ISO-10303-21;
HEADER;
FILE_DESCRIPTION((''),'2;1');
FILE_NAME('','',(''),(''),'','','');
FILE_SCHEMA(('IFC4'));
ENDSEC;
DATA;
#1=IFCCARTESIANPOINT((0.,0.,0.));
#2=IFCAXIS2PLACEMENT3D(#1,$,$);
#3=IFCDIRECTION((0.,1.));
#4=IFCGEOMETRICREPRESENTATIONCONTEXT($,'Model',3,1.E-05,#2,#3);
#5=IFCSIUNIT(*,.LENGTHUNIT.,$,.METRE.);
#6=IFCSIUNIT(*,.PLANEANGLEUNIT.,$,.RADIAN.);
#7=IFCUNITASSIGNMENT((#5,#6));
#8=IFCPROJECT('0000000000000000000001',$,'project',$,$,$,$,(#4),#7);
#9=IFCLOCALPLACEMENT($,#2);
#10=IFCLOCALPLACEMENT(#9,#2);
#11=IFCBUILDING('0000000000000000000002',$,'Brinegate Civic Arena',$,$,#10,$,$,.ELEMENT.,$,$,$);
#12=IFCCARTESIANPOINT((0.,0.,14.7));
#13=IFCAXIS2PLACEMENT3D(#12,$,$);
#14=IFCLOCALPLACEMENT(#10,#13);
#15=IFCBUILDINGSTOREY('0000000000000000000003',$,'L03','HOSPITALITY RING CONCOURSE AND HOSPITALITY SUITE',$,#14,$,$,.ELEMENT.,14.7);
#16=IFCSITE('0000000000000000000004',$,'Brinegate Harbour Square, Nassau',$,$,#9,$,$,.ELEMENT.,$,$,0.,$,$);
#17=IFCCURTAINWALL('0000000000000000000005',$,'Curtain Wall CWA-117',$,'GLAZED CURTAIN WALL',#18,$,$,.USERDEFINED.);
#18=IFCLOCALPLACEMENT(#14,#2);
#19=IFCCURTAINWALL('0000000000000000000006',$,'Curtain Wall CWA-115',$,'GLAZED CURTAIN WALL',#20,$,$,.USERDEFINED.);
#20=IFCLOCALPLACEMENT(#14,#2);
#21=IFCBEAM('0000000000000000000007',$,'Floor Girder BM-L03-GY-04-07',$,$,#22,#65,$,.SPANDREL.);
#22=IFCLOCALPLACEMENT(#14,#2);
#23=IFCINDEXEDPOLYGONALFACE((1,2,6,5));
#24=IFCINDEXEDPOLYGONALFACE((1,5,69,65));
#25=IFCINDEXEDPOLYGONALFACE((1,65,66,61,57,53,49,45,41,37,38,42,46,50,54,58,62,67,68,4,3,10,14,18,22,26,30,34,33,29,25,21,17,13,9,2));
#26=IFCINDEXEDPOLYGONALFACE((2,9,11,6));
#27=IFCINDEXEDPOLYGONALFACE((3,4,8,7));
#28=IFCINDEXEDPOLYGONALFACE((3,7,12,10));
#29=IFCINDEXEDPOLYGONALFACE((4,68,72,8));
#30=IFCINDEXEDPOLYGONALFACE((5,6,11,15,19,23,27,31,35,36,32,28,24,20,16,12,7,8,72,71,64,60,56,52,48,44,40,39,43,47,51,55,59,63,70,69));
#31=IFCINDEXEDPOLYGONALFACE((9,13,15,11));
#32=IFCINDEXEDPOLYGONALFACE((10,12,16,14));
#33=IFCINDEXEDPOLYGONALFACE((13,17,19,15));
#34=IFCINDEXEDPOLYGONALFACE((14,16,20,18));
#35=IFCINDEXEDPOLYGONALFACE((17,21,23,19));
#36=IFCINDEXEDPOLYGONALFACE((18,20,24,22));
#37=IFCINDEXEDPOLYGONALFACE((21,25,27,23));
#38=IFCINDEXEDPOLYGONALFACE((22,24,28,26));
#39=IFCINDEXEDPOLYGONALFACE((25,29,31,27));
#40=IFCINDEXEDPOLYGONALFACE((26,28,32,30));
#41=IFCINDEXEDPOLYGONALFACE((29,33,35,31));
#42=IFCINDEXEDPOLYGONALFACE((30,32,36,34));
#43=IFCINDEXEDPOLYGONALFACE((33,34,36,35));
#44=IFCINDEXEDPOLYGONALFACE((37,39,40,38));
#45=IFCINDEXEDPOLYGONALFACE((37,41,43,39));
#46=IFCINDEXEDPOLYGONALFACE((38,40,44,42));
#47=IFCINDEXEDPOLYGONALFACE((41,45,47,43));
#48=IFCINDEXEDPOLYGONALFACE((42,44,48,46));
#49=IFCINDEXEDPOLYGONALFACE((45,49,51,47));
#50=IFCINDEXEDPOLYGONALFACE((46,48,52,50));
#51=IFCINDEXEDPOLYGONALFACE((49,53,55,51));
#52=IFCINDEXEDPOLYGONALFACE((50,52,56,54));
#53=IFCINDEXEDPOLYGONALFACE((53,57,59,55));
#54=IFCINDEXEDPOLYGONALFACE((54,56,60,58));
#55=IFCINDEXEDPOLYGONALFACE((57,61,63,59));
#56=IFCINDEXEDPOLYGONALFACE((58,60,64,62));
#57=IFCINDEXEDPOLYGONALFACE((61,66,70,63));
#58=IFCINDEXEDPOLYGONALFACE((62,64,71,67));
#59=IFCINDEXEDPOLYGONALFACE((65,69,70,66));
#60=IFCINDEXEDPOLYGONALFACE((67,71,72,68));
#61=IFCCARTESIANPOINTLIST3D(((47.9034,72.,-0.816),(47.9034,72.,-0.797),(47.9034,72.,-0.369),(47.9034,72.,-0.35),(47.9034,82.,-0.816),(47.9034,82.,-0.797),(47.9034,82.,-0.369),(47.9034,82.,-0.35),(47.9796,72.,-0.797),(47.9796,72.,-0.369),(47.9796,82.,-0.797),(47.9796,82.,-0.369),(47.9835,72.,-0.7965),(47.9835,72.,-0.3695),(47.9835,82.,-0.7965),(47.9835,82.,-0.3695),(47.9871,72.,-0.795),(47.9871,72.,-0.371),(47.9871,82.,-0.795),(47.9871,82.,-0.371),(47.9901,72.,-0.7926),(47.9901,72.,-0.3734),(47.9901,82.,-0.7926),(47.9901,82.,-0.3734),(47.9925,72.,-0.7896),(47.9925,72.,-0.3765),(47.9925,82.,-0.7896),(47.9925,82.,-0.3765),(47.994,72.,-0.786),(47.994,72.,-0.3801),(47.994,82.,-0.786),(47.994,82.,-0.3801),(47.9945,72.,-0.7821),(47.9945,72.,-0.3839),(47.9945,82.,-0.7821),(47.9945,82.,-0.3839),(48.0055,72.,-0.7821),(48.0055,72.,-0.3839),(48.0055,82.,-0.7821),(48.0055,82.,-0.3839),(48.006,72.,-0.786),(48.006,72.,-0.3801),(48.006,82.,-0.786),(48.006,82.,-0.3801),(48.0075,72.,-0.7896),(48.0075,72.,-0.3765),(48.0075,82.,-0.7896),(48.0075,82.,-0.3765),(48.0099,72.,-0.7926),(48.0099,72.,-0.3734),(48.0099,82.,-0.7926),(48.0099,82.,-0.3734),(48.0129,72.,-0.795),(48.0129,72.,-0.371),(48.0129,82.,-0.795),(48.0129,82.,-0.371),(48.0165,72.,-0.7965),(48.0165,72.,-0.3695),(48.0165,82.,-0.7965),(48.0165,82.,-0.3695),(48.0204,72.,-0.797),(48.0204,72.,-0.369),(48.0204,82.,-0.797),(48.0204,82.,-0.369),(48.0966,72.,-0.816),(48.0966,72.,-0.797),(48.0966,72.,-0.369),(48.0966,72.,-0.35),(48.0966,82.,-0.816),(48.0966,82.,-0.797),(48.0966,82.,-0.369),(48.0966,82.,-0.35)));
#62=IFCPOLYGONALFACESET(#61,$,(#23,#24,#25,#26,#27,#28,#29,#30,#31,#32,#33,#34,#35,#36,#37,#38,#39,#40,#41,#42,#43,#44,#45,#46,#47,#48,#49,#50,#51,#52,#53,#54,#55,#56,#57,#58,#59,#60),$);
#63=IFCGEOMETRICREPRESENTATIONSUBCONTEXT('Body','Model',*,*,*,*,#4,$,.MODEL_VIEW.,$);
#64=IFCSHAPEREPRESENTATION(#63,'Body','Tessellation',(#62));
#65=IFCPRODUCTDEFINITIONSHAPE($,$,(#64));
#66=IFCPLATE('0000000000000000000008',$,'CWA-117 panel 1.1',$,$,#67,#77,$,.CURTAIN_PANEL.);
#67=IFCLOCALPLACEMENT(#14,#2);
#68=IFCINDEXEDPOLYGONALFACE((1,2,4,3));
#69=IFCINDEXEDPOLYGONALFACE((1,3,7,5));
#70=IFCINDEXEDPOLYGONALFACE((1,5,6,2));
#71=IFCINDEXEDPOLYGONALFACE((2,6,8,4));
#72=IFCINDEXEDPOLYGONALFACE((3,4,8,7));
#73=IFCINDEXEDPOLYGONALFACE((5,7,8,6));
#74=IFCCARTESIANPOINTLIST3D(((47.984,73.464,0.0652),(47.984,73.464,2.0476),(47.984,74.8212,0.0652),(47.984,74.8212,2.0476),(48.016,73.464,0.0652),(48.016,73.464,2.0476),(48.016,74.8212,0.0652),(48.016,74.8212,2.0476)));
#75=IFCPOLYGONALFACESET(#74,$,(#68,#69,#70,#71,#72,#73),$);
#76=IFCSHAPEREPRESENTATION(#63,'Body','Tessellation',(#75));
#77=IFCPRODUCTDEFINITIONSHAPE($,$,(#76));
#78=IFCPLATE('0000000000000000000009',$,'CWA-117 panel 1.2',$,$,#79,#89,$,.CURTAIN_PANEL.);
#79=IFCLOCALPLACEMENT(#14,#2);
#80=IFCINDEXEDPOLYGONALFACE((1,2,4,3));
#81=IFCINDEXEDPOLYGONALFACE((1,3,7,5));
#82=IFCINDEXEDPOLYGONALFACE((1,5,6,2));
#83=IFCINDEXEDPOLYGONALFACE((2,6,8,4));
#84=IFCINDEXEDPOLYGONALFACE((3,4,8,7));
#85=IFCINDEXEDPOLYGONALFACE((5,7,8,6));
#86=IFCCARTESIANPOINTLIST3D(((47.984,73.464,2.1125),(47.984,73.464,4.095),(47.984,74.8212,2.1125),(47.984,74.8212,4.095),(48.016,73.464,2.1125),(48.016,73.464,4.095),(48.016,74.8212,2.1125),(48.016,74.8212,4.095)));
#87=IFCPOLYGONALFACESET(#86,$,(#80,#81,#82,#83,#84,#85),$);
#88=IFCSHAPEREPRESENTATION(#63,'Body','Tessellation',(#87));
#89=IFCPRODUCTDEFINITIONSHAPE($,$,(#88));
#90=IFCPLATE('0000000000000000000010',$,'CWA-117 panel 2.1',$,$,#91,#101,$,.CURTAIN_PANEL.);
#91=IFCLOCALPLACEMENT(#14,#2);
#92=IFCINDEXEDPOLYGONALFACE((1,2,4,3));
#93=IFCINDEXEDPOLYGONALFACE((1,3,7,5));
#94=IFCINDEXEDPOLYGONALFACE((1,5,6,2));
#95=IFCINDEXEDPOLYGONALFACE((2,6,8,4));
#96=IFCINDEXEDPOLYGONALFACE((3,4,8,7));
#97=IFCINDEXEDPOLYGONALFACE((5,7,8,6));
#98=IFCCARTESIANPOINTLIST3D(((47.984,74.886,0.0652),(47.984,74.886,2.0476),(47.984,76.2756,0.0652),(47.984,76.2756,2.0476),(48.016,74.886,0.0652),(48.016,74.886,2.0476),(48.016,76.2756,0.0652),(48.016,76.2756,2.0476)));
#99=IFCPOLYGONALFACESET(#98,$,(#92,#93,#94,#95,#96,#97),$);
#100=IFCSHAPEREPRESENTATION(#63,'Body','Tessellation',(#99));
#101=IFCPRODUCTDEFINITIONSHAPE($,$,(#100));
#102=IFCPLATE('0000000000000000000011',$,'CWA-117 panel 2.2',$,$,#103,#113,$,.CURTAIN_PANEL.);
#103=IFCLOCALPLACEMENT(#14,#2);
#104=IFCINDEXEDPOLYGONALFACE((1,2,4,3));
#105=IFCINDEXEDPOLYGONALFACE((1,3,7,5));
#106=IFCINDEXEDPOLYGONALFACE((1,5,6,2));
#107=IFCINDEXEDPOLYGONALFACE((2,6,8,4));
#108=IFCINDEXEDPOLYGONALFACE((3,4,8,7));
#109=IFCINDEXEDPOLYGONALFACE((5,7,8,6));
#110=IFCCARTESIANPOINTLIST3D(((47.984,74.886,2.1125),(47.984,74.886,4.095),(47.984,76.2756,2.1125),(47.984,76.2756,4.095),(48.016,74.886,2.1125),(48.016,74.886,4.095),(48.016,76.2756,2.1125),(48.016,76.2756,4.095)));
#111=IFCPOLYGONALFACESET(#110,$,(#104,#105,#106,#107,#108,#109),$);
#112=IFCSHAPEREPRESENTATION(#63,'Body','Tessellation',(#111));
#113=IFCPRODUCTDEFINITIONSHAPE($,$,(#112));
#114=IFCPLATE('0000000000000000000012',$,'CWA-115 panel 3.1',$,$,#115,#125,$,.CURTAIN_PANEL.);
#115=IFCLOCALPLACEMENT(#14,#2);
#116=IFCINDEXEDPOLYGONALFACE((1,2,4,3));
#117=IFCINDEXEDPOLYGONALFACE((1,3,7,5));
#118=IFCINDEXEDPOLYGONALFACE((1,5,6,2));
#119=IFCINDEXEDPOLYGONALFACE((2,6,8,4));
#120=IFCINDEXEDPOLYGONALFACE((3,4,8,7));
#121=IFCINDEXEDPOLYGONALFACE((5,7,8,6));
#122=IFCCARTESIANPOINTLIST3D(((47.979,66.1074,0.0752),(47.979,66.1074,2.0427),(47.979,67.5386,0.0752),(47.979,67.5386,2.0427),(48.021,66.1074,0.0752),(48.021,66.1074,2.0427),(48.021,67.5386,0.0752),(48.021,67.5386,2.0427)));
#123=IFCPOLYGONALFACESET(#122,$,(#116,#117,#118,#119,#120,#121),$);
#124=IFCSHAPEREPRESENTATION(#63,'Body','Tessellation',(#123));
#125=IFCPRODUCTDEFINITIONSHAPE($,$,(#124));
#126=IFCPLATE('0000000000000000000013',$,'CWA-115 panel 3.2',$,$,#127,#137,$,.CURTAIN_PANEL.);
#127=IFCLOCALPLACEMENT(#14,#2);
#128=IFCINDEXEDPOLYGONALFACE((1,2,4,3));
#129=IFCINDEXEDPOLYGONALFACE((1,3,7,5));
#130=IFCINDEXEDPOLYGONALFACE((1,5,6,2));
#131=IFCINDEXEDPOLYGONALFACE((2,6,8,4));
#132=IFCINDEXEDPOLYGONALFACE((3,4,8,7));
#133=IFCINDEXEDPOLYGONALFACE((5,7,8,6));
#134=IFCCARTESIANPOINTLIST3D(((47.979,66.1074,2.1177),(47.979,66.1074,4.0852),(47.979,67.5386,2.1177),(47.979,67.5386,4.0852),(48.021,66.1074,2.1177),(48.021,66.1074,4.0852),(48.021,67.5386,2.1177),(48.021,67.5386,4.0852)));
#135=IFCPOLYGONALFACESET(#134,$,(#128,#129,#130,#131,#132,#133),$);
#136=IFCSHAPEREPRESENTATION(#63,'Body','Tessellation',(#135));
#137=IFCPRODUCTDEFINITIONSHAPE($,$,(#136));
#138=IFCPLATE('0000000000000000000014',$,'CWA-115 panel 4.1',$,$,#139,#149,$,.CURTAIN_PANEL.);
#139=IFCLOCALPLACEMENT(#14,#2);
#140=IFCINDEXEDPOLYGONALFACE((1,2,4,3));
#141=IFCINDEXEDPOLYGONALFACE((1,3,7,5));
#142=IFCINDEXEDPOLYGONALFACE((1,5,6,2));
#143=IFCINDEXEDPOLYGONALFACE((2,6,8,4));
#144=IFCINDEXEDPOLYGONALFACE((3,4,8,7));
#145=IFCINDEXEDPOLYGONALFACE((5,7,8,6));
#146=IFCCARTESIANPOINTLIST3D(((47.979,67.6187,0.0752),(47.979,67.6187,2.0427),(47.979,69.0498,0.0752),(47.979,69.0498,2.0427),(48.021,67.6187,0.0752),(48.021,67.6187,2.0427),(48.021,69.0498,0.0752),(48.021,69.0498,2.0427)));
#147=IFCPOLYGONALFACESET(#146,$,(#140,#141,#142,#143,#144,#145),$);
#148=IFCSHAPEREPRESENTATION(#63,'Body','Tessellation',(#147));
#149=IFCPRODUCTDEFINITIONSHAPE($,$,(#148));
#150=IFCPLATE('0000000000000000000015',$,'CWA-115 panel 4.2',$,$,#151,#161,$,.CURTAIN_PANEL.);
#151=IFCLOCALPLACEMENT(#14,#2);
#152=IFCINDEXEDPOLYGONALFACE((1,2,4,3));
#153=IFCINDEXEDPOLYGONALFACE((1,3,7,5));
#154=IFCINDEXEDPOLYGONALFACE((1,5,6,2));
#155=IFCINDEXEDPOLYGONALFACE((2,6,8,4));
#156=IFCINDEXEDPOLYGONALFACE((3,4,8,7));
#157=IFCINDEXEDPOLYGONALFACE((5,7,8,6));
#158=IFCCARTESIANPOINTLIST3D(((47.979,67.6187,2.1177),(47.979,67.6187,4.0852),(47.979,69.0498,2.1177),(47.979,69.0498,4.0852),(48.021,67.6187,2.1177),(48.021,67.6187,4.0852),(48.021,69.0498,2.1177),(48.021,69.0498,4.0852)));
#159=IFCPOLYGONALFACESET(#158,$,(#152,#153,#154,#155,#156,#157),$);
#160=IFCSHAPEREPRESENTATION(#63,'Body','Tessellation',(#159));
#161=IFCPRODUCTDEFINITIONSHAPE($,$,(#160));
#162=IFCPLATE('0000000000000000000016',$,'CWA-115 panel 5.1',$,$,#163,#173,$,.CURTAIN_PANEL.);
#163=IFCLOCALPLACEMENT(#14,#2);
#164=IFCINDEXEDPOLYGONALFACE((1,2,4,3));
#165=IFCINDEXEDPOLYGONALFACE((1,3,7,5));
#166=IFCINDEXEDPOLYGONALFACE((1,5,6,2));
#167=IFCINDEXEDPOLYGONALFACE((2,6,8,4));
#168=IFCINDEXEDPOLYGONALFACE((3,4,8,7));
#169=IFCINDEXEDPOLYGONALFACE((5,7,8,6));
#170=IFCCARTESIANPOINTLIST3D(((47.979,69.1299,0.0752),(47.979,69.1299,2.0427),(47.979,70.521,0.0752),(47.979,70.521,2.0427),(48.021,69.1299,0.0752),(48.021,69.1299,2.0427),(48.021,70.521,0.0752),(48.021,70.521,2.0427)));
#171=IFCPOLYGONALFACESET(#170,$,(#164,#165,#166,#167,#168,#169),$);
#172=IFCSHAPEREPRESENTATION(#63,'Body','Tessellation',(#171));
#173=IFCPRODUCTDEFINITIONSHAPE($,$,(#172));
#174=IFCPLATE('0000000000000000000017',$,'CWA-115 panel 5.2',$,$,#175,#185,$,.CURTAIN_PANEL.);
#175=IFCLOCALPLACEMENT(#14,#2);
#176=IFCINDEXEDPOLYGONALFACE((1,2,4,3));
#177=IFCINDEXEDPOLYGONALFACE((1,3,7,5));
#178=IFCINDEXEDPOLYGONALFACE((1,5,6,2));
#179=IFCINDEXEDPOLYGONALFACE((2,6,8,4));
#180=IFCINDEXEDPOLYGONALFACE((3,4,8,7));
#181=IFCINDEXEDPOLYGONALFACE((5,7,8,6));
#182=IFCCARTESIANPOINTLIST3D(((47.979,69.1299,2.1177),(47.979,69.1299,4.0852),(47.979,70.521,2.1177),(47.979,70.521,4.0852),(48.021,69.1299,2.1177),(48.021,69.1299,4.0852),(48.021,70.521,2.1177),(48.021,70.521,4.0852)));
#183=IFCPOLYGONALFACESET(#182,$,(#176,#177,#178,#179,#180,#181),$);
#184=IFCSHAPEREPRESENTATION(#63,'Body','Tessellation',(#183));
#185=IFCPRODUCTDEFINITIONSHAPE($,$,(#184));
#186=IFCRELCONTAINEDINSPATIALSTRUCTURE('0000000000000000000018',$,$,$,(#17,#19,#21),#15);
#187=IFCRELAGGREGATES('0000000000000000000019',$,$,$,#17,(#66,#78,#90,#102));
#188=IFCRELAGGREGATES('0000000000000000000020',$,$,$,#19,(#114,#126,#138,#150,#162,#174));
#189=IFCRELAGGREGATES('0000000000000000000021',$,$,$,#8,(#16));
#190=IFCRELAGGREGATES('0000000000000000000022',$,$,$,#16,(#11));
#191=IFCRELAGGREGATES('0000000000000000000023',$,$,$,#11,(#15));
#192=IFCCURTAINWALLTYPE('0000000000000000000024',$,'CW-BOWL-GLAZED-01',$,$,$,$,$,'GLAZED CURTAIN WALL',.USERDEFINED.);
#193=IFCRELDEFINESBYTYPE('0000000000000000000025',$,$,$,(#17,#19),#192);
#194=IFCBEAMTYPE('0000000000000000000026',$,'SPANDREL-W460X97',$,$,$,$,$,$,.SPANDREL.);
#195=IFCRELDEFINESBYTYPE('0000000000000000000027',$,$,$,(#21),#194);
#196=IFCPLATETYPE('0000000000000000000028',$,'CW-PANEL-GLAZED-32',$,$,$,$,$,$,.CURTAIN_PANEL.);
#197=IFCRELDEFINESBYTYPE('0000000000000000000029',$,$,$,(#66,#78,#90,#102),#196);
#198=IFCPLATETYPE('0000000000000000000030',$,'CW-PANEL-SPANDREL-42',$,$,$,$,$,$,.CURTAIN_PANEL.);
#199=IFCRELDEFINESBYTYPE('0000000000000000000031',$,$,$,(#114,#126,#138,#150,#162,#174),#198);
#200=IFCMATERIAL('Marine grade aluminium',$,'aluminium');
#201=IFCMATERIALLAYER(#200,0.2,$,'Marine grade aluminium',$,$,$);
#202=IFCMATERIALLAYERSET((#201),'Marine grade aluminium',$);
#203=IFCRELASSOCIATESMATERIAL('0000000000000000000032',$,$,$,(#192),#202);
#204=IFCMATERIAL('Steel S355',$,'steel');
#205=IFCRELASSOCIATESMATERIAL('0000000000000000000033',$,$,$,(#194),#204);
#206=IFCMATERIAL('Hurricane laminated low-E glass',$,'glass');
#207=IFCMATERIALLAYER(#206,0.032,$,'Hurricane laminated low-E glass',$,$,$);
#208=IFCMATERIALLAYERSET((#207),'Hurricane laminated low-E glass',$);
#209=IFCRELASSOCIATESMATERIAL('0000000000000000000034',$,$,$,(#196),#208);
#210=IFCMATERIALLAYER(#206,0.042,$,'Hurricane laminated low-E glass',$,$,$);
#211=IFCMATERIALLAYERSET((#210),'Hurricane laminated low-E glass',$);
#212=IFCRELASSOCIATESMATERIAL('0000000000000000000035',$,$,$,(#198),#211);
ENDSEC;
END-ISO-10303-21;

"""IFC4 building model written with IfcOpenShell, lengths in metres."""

from ifc_helpers import new_model, si_unit, direction, frame, origin, origin_2d, place, context, subcontext, project, spatial, rectangle, i_section, extrude, material, layer, layer_set, material_profile, profile_set, type_object, element, aggregate, save


model = new_model("IFC4")

# Units and contexts
model_context = context("Model", 3, precision=1e-05, world=origin(), true_north=direction((0.0, 1.0)))
body_context = subcontext(model_context, "Body", "Model", "MODEL_VIEW")
ifc_project = project(units=[si_unit("LENGTHUNIT", "METRE"), si_unit("PLANEANGLEUNIT", "RADIAN")], contexts=[model_context])

# Site, building, storey
site_placement = place(None, origin())
site = spatial("IfcSite", under=ifc_project, at=site_placement, Name="Brinegate Harbour Square, Nassau", CompositionType="ELEMENT", RefElevation=0.0)
building_placement = place(site_placement, origin())
building = spatial("IfcBuilding", under=site, at=building_placement, Name="Brinegate Civic Arena", CompositionType="ELEMENT")
storey_placement = place(building_placement, frame((0.0, 0.0, 14.7)))
storey = spatial("IfcBuildingStorey", under=building, at=storey_placement, Name="L03", Description="HOSPITALITY RING CONCOURSE AND HOSPITALITY SUITE", CompositionType="ELEMENT", Elevation=14.7)

# Curtain walls
ifc_material_1 = material(Name="Marine grade aluminium", Category="aluminium")
ifc_layer_1 = layer(ifc_material_1, 0.2, Name="Marine grade aluminium")
ifc_layer_set_1 = layer_set([ifc_layer_1], Name="Marine grade aluminium")
curtain_wall_type = type_object("IfcCurtainWallType", Name="CW-BOWL-GLAZED-01", ElementType="GLAZED CURTAIN WALL", PredefinedType="USERDEFINED", material=ifc_layer_set_1)
curtain_wall_1_placement = place(storey_placement, origin())
curtain_wall_1 = element("IfcCurtainWall", 1, at=curtain_wall_1_placement, inside=storey, type_object=curtain_wall_type, Name="Curtain Wall CWA-117", ObjectType="GLAZED CURTAIN WALL", PredefinedType="USERDEFINED")
curtain_wall_2_placement = place(storey_placement, origin())
curtain_wall_2 = element("IfcCurtainWall", 2, at=curtain_wall_2_placement, inside=storey, type_object=curtain_wall_type, Name="Curtain Wall CWA-115", ObjectType="GLAZED CURTAIN WALL", PredefinedType="USERDEFINED")

# Beam
ifc_material_2 = material(Name="Steel S355", Category="steel")
ifc_material_profile_1 = material_profile(ifc_material_2, i_section(OverallWidth=0.1931, OverallDepth=0.4661, WebThickness=0.011, FlangeThickness=0.019, FilletRadius=0.0149, at=origin_2d()), Name="W460X97")
ifc_profile_set_1 = profile_set([ifc_material_profile_1], Name="Steel S355")
beam_type_1 = type_object("IfcBeamType", Name="SPANDREL-W460X97", PredefinedType="SPANDREL", material=ifc_profile_set_1)
beam_1_placement = place(storey_placement, frame((48.0, 72.0, -0.583), z_axis=(0.0, 1.0, 0.0), x_axis=(-1.0, 0.0, 0.0)))
element("IfcBeam", 3, at=beam_1_placement, inside=storey, type_object=beam_type_1, Name="Floor Girder BM-L03-GY-04-07", PredefinedType="SPANDREL", context=body_context, shape_type="SweptSolid", body=[
    extrude(i_section(OverallWidth=0.1931, OverallDepth=0.4661, WebThickness=0.011, FlangeThickness=0.019, FilletRadius=0.0149, at=origin_2d()), origin(), (0.0, 0.0, 1.0), 10.0),
])

# Plates
ifc_material_3 = material(Name="Hurricane laminated low-E glass", Category="glass")
ifc_layer_2 = layer(ifc_material_3, 0.032, Name="Hurricane laminated low-E glass")
ifc_layer_set_2 = layer_set([ifc_layer_2], Name="Hurricane laminated low-E glass")
plate_type_1 = type_object("IfcPlateType", Name="CW-PANEL-GLAZED-32", PredefinedType="CURTAIN_PANEL", material=ifc_layer_set_2)
plate_1_placement = place(storey_placement, frame((48.0, 74.1426, 0.0652), z_axis=(0.0, 0.0, 1.0), x_axis=(0.0, 1.0, 0.0)))
plate_1 = element("IfcPlate", 4, at=plate_1_placement, type_object=plate_type_1, Name="CWA-117 panel 1.1", PredefinedType="CURTAIN_PANEL", context=body_context, shape_type="SweptSolid", body=[
    extrude(rectangle(XDim=1.3572, YDim=0.032, at=origin_2d()), origin(), (0.0, 0.0, 1.0), 1.9824),
])
plate_2_placement = place(storey_placement, frame((48.0, 74.1426, 2.1125), z_axis=(0.0, 0.0, 1.0), x_axis=(0.0, 1.0, 0.0)))
plate_2 = element("IfcPlate", 5, at=plate_2_placement, type_object=plate_type_1, Name="CWA-117 panel 1.2", PredefinedType="CURTAIN_PANEL", context=body_context, shape_type="SweptSolid", body=[
    extrude(rectangle(XDim=1.3572, YDim=0.032, at=origin_2d()), origin(), (0.0, 0.0, 1.0), 1.9824),
])
plate_3_placement = place(storey_placement, frame((48.0, 75.5808, 0.0652), z_axis=(0.0, 0.0, 1.0), x_axis=(0.0, 1.0, 0.0)))
plate_3 = element("IfcPlate", 6, at=plate_3_placement, type_object=plate_type_1, Name="CWA-117 panel 2.1", PredefinedType="CURTAIN_PANEL", context=body_context, shape_type="SweptSolid", body=[
    extrude(rectangle(XDim=1.3896, YDim=0.032, at=origin_2d()), origin(), (0.0, 0.0, 1.0), 1.9824),
])
plate_4_placement = place(storey_placement, frame((48.0, 75.5808, 2.1125), z_axis=(0.0, 0.0, 1.0), x_axis=(0.0, 1.0, 0.0)))
plate_4 = element("IfcPlate", 7, at=plate_4_placement, type_object=plate_type_1, Name="CWA-117 panel 2.2", PredefinedType="CURTAIN_PANEL", context=body_context, shape_type="SweptSolid", body=[
    extrude(rectangle(XDim=1.3896, YDim=0.032, at=origin_2d()), origin(), (0.0, 0.0, 1.0), 1.9824),
])
aggregate(curtain_wall_1, [plate_1, plate_2, plate_3, plate_4])
ifc_layer_3 = layer(ifc_material_3, 0.042, Name="Hurricane laminated low-E glass")
ifc_layer_set_3 = layer_set([ifc_layer_3], Name="Hurricane laminated low-E glass")
plate_type_2 = type_object("IfcPlateType", Name="CW-PANEL-SPANDREL-42", PredefinedType="CURTAIN_PANEL", material=ifc_layer_set_3)
plate_5_placement = place(storey_placement, frame((48.0, 66.823, 0.0752), z_axis=(0.0, 0.0, 1.0), x_axis=(0.0, 1.0, 0.0)))
plate_5 = element("IfcPlate", 8, at=plate_5_placement, type_object=plate_type_2, Name="CWA-115 panel 3.1", PredefinedType="CURTAIN_PANEL", context=body_context, shape_type="SweptSolid", body=[
    extrude(rectangle(XDim=1.4312, YDim=0.042, at=origin_2d()), origin(), (0.0, 0.0, 1.0), 1.9675),
])
plate_6_placement = place(storey_placement, frame((48.0, 66.823, 2.1177), z_axis=(0.0, 0.0, 1.0), x_axis=(0.0, 1.0, 0.0)))
plate_6 = element("IfcPlate", 9, at=plate_6_placement, type_object=plate_type_2, Name="CWA-115 panel 3.2", PredefinedType="CURTAIN_PANEL", context=body_context, shape_type="SweptSolid", body=[
    extrude(rectangle(XDim=1.4312, YDim=0.042, at=origin_2d()), origin(), (0.0, 0.0, 1.0), 1.9675),
])
plate_7_placement = place(storey_placement, frame((48.0, 68.3342, 0.0752), z_axis=(0.0, 0.0, 1.0), x_axis=(0.0, 1.0, 0.0)))
plate_7 = element("IfcPlate", 10, at=plate_7_placement, type_object=plate_type_2, Name="CWA-115 panel 4.1", PredefinedType="CURTAIN_PANEL", context=body_context, shape_type="SweptSolid", body=[
    extrude(rectangle(XDim=1.4312, YDim=0.042, at=origin_2d()), origin(), (0.0, 0.0, 1.0), 1.9675),
])
plate_8_placement = place(storey_placement, frame((48.0, 68.3342, 2.1177), z_axis=(0.0, 0.0, 1.0), x_axis=(0.0, 1.0, 0.0)))
plate_8 = element("IfcPlate", 11, at=plate_8_placement, type_object=plate_type_2, Name="CWA-115 panel 4.2", PredefinedType="CURTAIN_PANEL", context=body_context, shape_type="SweptSolid", body=[
    extrude(rectangle(XDim=1.4312, YDim=0.042, at=origin_2d()), origin(), (0.0, 0.0, 1.0), 1.9675),
])
plate_9_placement = place(storey_placement, frame((48.0, 69.8254, 0.0752), z_axis=(0.0, 0.0, 1.0), x_axis=(0.0, 1.0, 0.0)))
plate_9 = element("IfcPlate", 12, at=plate_9_placement, type_object=plate_type_2, Name="CWA-115 panel 5.1", PredefinedType="CURTAIN_PANEL", context=body_context, shape_type="SweptSolid", body=[
    extrude(rectangle(XDim=1.3911, YDim=0.042, at=origin_2d()), origin(), (0.0, 0.0, 1.0), 1.9675),
])
plate_10_placement = place(storey_placement, frame((48.0, 69.8254, 2.1177), z_axis=(0.0, 0.0, 1.0), x_axis=(0.0, 1.0, 0.0)))
plate_10 = element("IfcPlate", 13, at=plate_10_placement, type_object=plate_type_2, Name="CWA-115 panel 5.2", PredefinedType="CURTAIN_PANEL", context=body_context, shape_type="SweptSolid", body=[
    extrude(rectangle(XDim=1.3911, YDim=0.042, at=origin_2d()), origin(), (0.0, 0.0, 1.0), 1.9675),
])
aggregate(curtain_wall_2, [plate_5, plate_6, plate_7, plate_8, plate_9, plate_10])

save(model, "model.ifc")
